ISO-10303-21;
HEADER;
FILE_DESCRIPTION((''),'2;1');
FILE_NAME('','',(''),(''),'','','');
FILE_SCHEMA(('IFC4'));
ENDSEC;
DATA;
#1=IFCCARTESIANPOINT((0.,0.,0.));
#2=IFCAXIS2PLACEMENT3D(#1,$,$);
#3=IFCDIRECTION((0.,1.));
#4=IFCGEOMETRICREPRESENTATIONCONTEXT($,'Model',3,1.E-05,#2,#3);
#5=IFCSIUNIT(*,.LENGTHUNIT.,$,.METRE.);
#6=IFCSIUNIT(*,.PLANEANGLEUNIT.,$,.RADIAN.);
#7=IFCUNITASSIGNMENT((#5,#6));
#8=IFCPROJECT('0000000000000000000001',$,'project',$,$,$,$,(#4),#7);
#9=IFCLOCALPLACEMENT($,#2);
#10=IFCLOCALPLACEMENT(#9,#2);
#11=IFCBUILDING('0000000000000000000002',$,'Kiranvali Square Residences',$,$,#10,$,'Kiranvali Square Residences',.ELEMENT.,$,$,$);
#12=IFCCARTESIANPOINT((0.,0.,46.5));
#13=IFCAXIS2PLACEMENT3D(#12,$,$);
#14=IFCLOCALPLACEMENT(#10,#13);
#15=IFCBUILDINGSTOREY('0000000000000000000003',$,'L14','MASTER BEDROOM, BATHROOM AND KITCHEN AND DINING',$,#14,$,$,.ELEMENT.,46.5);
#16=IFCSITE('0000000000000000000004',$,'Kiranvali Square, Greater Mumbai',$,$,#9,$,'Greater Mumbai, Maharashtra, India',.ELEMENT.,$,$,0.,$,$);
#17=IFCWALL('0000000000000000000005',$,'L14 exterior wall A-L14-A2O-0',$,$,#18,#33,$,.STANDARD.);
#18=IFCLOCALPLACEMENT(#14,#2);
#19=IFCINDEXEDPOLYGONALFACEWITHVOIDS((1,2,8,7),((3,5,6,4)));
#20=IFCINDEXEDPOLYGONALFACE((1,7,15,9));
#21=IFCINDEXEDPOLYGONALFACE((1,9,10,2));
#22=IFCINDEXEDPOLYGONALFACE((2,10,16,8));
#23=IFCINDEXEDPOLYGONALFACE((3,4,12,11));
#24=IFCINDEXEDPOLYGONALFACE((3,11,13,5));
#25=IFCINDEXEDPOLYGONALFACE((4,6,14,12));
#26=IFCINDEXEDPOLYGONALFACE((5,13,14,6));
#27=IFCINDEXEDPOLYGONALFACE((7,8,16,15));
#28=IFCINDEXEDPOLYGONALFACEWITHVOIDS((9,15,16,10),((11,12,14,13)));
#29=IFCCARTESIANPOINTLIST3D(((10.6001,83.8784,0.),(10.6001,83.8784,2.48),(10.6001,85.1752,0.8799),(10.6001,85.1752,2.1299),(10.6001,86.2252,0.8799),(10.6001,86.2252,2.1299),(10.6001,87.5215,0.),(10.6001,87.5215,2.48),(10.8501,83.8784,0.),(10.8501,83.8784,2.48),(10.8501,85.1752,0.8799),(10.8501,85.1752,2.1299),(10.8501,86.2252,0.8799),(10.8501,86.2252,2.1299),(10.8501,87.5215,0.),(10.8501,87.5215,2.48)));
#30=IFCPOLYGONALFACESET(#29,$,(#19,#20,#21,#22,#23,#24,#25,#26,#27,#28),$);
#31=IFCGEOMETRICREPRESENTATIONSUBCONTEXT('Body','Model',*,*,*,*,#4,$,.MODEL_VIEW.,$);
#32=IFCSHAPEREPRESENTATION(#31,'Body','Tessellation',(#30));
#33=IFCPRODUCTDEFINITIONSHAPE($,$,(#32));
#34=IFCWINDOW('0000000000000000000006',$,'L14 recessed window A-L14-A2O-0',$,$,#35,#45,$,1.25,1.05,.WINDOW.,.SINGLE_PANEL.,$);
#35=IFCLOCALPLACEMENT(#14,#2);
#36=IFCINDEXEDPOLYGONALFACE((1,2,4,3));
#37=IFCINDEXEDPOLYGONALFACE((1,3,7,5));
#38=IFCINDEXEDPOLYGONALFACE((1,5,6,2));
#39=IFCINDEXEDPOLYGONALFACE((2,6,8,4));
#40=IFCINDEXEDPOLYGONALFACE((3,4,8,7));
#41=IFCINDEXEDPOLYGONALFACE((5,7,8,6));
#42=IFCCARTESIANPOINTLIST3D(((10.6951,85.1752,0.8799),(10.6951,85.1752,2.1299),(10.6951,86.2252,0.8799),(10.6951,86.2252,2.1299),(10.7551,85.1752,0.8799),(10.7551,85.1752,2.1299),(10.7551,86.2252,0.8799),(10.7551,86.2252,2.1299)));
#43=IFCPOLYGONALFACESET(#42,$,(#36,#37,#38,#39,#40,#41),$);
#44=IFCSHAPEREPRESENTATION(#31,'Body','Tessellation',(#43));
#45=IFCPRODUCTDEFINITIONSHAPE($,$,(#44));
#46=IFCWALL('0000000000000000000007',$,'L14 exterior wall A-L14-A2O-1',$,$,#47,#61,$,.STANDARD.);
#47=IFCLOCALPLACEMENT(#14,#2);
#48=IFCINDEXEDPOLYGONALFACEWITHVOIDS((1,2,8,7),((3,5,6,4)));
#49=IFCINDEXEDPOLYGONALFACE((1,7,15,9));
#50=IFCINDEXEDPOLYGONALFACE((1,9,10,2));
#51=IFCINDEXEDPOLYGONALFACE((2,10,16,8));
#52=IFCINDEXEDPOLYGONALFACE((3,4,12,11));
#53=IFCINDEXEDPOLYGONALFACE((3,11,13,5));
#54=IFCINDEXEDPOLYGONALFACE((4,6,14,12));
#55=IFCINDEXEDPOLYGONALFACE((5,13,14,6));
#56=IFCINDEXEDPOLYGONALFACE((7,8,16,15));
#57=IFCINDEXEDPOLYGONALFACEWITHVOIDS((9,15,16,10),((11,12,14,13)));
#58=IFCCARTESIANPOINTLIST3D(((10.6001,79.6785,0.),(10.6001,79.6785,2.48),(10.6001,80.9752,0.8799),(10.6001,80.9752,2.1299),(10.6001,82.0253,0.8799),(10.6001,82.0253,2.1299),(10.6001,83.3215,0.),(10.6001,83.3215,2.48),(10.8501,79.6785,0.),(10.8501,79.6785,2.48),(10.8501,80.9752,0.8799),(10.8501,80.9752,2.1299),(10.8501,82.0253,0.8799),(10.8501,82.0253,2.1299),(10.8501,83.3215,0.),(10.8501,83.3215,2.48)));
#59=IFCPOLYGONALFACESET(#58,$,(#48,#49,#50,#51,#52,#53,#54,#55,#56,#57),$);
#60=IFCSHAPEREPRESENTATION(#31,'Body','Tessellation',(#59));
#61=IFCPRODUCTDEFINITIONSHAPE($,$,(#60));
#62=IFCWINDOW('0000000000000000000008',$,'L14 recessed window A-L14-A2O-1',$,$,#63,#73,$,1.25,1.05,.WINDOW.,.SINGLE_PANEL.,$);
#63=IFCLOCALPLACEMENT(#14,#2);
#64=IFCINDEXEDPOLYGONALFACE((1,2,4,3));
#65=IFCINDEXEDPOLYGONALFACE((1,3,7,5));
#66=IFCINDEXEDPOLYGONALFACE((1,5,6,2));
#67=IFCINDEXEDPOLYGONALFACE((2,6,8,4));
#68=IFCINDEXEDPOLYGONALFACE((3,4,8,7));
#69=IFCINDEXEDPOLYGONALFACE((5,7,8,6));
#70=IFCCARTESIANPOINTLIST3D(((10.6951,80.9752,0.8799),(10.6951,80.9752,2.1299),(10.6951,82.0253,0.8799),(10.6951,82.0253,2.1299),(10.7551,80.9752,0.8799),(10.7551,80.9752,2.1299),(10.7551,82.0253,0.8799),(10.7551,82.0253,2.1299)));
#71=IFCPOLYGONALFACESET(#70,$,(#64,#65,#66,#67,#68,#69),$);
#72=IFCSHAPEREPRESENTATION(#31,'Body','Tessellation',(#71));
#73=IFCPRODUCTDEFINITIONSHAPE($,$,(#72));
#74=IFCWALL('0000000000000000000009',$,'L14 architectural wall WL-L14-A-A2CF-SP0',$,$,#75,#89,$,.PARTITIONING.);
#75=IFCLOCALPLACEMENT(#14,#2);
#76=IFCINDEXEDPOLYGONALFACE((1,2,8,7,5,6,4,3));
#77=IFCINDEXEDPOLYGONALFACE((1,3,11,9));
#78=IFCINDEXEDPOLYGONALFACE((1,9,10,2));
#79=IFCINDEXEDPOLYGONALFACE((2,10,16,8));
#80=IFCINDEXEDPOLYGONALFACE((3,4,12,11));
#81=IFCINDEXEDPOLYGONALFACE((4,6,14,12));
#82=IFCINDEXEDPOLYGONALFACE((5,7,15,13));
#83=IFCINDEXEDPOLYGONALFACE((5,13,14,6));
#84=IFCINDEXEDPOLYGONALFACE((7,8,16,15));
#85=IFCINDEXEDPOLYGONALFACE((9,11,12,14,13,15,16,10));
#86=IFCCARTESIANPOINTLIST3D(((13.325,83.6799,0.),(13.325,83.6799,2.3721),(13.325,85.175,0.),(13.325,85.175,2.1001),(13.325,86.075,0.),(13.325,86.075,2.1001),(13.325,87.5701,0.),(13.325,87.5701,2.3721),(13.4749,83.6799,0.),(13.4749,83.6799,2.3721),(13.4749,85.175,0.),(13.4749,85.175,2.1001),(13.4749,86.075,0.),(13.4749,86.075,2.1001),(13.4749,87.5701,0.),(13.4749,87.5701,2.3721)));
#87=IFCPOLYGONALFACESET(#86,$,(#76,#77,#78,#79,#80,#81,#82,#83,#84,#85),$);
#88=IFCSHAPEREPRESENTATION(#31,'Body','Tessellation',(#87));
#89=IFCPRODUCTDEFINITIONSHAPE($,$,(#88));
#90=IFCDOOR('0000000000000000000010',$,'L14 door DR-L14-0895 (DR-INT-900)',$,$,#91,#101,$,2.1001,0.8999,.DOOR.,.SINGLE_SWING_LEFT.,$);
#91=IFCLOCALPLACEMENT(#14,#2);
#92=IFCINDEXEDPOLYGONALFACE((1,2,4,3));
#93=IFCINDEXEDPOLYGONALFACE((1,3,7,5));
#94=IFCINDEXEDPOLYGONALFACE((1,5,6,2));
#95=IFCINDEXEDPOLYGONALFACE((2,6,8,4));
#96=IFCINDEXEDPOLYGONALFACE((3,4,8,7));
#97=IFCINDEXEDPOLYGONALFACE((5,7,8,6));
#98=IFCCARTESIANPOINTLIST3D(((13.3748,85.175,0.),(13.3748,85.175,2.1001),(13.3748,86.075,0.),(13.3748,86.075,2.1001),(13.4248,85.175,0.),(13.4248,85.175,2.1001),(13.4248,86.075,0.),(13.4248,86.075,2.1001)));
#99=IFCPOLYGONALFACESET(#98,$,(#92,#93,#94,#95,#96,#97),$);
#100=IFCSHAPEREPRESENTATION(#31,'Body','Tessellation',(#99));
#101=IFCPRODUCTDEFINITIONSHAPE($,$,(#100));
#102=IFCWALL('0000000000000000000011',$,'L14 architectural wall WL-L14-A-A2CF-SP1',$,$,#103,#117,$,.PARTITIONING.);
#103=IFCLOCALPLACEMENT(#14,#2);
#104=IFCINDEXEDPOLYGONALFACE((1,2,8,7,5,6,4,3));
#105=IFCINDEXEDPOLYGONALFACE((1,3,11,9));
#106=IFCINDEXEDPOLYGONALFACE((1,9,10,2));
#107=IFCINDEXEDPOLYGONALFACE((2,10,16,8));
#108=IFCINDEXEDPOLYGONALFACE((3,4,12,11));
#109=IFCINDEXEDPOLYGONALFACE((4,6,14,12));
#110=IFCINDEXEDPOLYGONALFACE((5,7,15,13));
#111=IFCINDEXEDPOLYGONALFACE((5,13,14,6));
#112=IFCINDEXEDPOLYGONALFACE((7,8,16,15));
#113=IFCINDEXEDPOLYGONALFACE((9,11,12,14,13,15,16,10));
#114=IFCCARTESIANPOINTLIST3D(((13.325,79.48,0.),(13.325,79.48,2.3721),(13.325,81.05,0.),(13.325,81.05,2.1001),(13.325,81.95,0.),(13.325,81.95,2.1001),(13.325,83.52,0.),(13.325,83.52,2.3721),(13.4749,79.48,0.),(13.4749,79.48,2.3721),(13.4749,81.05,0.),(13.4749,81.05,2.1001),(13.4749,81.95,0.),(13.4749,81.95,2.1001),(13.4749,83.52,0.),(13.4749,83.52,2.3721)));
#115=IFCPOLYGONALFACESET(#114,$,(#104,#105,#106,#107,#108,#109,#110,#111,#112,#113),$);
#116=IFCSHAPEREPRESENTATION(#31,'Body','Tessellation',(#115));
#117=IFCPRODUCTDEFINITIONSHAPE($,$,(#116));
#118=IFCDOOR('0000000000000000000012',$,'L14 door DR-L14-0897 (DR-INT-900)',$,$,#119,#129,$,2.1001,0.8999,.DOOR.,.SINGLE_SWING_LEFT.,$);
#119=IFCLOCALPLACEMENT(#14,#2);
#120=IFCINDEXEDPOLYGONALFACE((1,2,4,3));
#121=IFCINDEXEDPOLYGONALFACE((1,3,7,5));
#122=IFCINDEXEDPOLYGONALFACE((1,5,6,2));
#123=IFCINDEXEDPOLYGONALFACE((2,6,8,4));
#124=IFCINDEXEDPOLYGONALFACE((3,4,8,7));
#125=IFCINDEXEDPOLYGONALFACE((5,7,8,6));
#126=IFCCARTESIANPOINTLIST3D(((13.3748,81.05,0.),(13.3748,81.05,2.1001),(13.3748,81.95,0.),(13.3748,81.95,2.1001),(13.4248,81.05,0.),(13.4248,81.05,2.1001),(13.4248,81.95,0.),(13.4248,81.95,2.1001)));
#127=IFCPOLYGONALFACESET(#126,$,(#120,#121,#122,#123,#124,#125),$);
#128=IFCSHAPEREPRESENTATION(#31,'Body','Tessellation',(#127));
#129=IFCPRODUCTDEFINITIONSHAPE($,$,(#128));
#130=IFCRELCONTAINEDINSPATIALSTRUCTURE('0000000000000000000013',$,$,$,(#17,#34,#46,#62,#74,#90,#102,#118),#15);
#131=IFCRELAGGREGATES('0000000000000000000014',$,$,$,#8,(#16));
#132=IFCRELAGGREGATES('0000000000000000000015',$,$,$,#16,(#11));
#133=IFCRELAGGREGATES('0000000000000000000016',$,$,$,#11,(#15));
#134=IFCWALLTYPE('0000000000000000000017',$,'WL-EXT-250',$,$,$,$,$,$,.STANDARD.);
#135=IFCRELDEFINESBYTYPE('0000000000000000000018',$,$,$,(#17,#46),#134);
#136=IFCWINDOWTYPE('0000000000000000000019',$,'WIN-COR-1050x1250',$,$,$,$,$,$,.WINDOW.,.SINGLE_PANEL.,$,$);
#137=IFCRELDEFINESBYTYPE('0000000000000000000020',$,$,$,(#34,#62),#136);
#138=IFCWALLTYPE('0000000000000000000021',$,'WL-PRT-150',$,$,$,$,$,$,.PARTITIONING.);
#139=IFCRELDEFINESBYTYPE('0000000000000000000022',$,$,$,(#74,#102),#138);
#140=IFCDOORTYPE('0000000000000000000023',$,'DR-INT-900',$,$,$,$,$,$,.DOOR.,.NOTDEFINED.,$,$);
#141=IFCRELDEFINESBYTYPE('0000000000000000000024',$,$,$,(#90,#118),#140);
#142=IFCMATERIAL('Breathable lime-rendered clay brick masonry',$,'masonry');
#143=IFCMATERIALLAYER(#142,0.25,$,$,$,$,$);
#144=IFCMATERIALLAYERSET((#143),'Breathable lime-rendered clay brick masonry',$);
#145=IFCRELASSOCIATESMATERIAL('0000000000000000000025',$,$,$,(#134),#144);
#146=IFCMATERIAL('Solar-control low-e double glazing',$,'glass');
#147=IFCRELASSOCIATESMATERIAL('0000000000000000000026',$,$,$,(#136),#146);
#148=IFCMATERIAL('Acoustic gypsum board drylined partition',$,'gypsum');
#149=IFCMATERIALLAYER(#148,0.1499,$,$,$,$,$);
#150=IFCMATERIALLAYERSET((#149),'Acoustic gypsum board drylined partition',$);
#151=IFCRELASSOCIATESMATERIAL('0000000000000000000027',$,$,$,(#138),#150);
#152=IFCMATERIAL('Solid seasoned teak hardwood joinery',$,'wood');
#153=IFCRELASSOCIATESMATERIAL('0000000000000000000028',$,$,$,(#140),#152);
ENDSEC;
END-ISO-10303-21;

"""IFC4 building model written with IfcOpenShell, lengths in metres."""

from ifc_helpers import new_model, si_unit, direction, frame, frame_2d, origin, place, context, subcontext, project, spatial, rectangle, extrude, material, layer, layer_set, type_object, element, fill, save


model = new_model("IFC4")

# Units and contexts
model_context = context("Model", 3, precision=1e-05, world=origin(), true_north=direction((0.0, 1.0)))
body_context = subcontext(model_context, "Body", "Model", "MODEL_VIEW")
ifc_project = project(units=[si_unit("LENGTHUNIT", "METRE"), si_unit("PLANEANGLEUNIT", "RADIAN")], contexts=[model_context])

# Site, building, storey
site_placement = place(None, origin())
site = spatial("IfcSite", under=ifc_project, at=site_placement, Name="Kiranvali Square, Greater Mumbai", LongName="Greater Mumbai, Maharashtra, India", CompositionType="ELEMENT", RefElevation=0.0)
building_placement = place(site_placement, origin())
building = spatial("IfcBuilding", under=site, at=building_placement, Name="Kiranvali Square Residences", LongName="Kiranvali Square Residences", CompositionType="ELEMENT")
storey_placement = place(building_placement, frame((0.0, 0.0, 46.5)))
storey = spatial("IfcBuildingStorey", under=building, at=storey_placement, Name="L14", Description="MASTER BEDROOM, BATHROOM AND KITCHEN AND DINING", CompositionType="ELEMENT", Elevation=46.5)

# Walls, openings, windows
ifc_material_1 = material(Name="Breathable lime-rendered clay brick masonry", Category="masonry")
ifc_layer_1 = layer(ifc_material_1, 0.25)
ifc_layer_set_1 = layer_set([ifc_layer_1], Name="Breathable lime-rendered clay brick masonry")
wall_type_1 = type_object("IfcWallType", Name="WL-EXT-250", PredefinedType="STANDARD", material=ifc_layer_set_1)
wall_1_placement = place(storey_placement, frame((10.7251, 87.5215, 0.0), z_axis=(0.0, 0.0, 1.0), x_axis=(0.0, -1.0, 0.0)))
wall_1 = element("IfcWall", 1, at=wall_1_placement, inside=storey, type_object=wall_type_1, Name="L14 exterior wall A-L14-A2O-0", PredefinedType="STANDARD", context=body_context, shape_type="SweptSolid", body=[
    extrude(rectangle(XDim=3.6431, YDim=0.25, at=frame_2d((1.8215, 0.0))), origin(), (0.0, 0.0, 1.0), 2.48),
])
opening_1_placement = place(wall_1_placement, frame((1.2964, 0.0, 0.8799)))
opening_1 = element("IfcOpeningElement", 2, at=opening_1_placement, cuts=wall_1, PredefinedType="OPENING", context=body_context, shape_type="SweptSolid", body=[
    extrude(rectangle(XDim=1.05, YDim=1.25, at=frame_2d((0.5249, 0.625))), frame((0.0, 0.135, 0.0), z_axis=(0.0, -1.0, 0.0), x_axis=(1.0, 0.0, 0.0)), (0.0, 0.0, 1.0), 0.27),
])
ifc_material_2 = material(Name="Solar-control low-e double glazing", Category="glass")
window_type = type_object("IfcWindowType", Name="WIN-COR-1050x1250", PartitioningType="SINGLE_PANEL", PredefinedType="WINDOW", material=ifc_material_2)
window_1_placement = place(opening_1_placement, origin())
window_1 = element("IfcWindow", 3, at=window_1_placement, inside=storey, type_object=window_type, Name="L14 recessed window A-L14-A2O-0", OverallHeight=1.25, OverallWidth=1.05, PartitioningType="SINGLE_PANEL", PredefinedType="WINDOW", context=body_context, shape_type="SweptSolid", body=[
    extrude(rectangle(XDim=1.05, YDim=1.25, at=frame_2d((0.5249, 0.625))), frame((0.0, 0.03, 0.0), z_axis=(0.0, -1.0, 0.0), x_axis=(1.0, 0.0, 0.0)), (0.0, 0.0, 1.0), 0.0601),
])
fill(opening_1, window_1)
wall_2_placement = place(storey_placement, frame((10.7251, 83.3215, 0.0), z_axis=(0.0, 0.0, 1.0), x_axis=(0.0, -1.0, 0.0)))
wall_2 = element("IfcWall", 4, at=wall_2_placement, inside=storey, type_object=wall_type_1, Name="L14 exterior wall A-L14-A2O-1", PredefinedType="STANDARD", context=body_context, shape_type="SweptSolid", body=[
    extrude(rectangle(XDim=3.6431, YDim=0.25, at=frame_2d((1.8215, 0.0))), origin(), (0.0, 0.0, 1.0), 2.48),
])
opening_2_placement = place(wall_2_placement, frame((1.2964, 0.0, 0.8799)))
opening_2 = element("IfcOpeningElement", 5, at=opening_2_placement, cuts=wall_2, PredefinedType="OPENING", context=body_context, shape_type="SweptSolid", body=[
    extrude(rectangle(XDim=1.05, YDim=1.25, at=frame_2d((0.5249, 0.625))), frame((0.0, 0.135, 0.0), z_axis=(0.0, -1.0, 0.0), x_axis=(1.0, 0.0, 0.0)), (0.0, 0.0, 1.0), 0.27),
])
window_2_placement = place(opening_2_placement, origin())
window_2 = element("IfcWindow", 6, at=window_2_placement, inside=storey, type_object=window_type, Name="L14 recessed window A-L14-A2O-1", OverallHeight=1.25, OverallWidth=1.05, PartitioningType="SINGLE_PANEL", PredefinedType="WINDOW", context=body_context, shape_type="SweptSolid", body=[
    extrude(rectangle(XDim=1.05, YDim=1.25, at=frame_2d((0.5249, 0.625))), frame((0.0, 0.03, 0.0), z_axis=(0.0, -1.0, 0.0), x_axis=(1.0, 0.0, 0.0)), (0.0, 0.0, 1.0), 0.0601),
])
fill(opening_2, window_2)

# Walls, openings, doors
ifc_material_3 = material(Name="Acoustic gypsum board drylined partition", Category="gypsum")
ifc_layer_2 = layer(ifc_material_3, 0.1499)
ifc_layer_set_2 = layer_set([ifc_layer_2], Name="Acoustic gypsum board drylined partition")
wall_type_2 = type_object("IfcWallType", Name="WL-PRT-150", PredefinedType="PARTITIONING", material=ifc_layer_set_2)
wall_3_placement = place(storey_placement, frame((13.3999, 87.5701, 0.0), z_axis=(0.0, 0.0, 1.0), x_axis=(0.0, -1.0, 0.0)))
wall_3 = element("IfcWall", 7, at=wall_3_placement, inside=storey, type_object=wall_type_2, Name="L14 architectural wall WL-L14-A-A2CF-SP0", PredefinedType="PARTITIONING", context=body_context, shape_type="SweptSolid", body=[
    extrude(rectangle(XDim=3.8901, YDim=0.1499, at=frame_2d((1.9451, 0.0))), origin(), (0.0, 0.0, 1.0), 2.3721),
])
opening_3_placement = place(wall_3_placement, frame((1.4951, 0.0, 0.0)))
opening_3 = element("IfcOpeningElement", 8, at=opening_3_placement, cuts=wall_3, PredefinedType="OPENING", context=body_context, shape_type="SweptSolid", body=[
    extrude(rectangle(XDim=0.8999, YDim=2.1001, at=frame_2d((0.45, 1.05))), frame((0.0, 0.085, 0.0), z_axis=(0.0, -1.0, 0.0), x_axis=(1.0, 0.0, 0.0)), (0.0, 0.0, 1.0), 0.1699),
])
ifc_material_4 = material(Name="Solid seasoned teak hardwood joinery", Category="wood")
door_type_1 = type_object("IfcDoorType", Name="DR-INT-900", OperationType="NOTDEFINED", PredefinedType="DOOR", material=ifc_material_4)
door_1_placement = place(opening_3_placement, origin())
door_1 = element("IfcDoor", 9, at=door_1_placement, inside=storey, type_object=door_type_1, Name="L14 door DR-L14-0895 (DR-INT-900)", OperationType="SINGLE_SWING_LEFT", OverallHeight=2.1001, OverallWidth=0.8999, PredefinedType="DOOR", context=body_context, shape_type="SweptSolid", body=[
    extrude(rectangle(XDim=0.8999, YDim=2.1001, at=frame_2d((0.45, 1.05))), frame((0.0, 0.0249, 0.0), z_axis=(0.0, -1.0, 0.0), x_axis=(1.0, 0.0, 0.0)), (0.0, 0.0, 1.0), 0.05),
])
fill(opening_3, door_1)
wall_4_placement = place(storey_placement, frame((13.3999, 83.52, 0.0), z_axis=(0.0, 0.0, 1.0), x_axis=(0.0, -1.0, 0.0)))
wall_4 = element("IfcWall", 10, at=wall_4_placement, inside=storey, type_object=wall_type_2, Name="L14 architectural wall WL-L14-A-A2CF-SP1", PredefinedType="PARTITIONING", context=body_context, shape_type="SweptSolid", body=[
    extrude(rectangle(XDim=4.04, YDim=0.1499, at=frame_2d((2.02, 0.0))), origin(), (0.0, 0.0, 1.0), 2.3721),
])
opening_4_placement = place(wall_4_placement, frame((1.5701, 0.0, 0.0)))
opening_4 = element("IfcOpeningElement", 11, at=opening_4_placement, cuts=wall_4, PredefinedType="OPENING", context=body_context, shape_type="SweptSolid", body=[
    extrude(rectangle(XDim=0.8999, YDim=2.1001, at=frame_2d((0.45, 1.05))), frame((0.0, 0.085, 0.0), z_axis=(0.0, -1.0, 0.0), x_axis=(1.0, 0.0, 0.0)), (0.0, 0.0, 1.0), 0.1699),
])
door_2_placement = place(opening_4_placement, origin())
door_2 = element("IfcDoor", 12, at=door_2_placement, inside=storey, type_object=door_type_1, Name="L14 door DR-L14-0897 (DR-INT-900)", OperationType="SINGLE_SWING_LEFT", OverallHeight=2.1001, OverallWidth=0.8999, PredefinedType="DOOR", context=body_context, shape_type="SweptSolid", body=[
    extrude(rectangle(XDim=0.8999, YDim=2.1001, at=frame_2d((0.45, 1.05))), frame((0.0, 0.0249, 0.0), z_axis=(0.0, -1.0, 0.0), x_axis=(1.0, 0.0, 0.0)), (0.0, 0.0, 1.0), 0.05),
])
fill(opening_4, door_2)

save(model, "model.ifc")
